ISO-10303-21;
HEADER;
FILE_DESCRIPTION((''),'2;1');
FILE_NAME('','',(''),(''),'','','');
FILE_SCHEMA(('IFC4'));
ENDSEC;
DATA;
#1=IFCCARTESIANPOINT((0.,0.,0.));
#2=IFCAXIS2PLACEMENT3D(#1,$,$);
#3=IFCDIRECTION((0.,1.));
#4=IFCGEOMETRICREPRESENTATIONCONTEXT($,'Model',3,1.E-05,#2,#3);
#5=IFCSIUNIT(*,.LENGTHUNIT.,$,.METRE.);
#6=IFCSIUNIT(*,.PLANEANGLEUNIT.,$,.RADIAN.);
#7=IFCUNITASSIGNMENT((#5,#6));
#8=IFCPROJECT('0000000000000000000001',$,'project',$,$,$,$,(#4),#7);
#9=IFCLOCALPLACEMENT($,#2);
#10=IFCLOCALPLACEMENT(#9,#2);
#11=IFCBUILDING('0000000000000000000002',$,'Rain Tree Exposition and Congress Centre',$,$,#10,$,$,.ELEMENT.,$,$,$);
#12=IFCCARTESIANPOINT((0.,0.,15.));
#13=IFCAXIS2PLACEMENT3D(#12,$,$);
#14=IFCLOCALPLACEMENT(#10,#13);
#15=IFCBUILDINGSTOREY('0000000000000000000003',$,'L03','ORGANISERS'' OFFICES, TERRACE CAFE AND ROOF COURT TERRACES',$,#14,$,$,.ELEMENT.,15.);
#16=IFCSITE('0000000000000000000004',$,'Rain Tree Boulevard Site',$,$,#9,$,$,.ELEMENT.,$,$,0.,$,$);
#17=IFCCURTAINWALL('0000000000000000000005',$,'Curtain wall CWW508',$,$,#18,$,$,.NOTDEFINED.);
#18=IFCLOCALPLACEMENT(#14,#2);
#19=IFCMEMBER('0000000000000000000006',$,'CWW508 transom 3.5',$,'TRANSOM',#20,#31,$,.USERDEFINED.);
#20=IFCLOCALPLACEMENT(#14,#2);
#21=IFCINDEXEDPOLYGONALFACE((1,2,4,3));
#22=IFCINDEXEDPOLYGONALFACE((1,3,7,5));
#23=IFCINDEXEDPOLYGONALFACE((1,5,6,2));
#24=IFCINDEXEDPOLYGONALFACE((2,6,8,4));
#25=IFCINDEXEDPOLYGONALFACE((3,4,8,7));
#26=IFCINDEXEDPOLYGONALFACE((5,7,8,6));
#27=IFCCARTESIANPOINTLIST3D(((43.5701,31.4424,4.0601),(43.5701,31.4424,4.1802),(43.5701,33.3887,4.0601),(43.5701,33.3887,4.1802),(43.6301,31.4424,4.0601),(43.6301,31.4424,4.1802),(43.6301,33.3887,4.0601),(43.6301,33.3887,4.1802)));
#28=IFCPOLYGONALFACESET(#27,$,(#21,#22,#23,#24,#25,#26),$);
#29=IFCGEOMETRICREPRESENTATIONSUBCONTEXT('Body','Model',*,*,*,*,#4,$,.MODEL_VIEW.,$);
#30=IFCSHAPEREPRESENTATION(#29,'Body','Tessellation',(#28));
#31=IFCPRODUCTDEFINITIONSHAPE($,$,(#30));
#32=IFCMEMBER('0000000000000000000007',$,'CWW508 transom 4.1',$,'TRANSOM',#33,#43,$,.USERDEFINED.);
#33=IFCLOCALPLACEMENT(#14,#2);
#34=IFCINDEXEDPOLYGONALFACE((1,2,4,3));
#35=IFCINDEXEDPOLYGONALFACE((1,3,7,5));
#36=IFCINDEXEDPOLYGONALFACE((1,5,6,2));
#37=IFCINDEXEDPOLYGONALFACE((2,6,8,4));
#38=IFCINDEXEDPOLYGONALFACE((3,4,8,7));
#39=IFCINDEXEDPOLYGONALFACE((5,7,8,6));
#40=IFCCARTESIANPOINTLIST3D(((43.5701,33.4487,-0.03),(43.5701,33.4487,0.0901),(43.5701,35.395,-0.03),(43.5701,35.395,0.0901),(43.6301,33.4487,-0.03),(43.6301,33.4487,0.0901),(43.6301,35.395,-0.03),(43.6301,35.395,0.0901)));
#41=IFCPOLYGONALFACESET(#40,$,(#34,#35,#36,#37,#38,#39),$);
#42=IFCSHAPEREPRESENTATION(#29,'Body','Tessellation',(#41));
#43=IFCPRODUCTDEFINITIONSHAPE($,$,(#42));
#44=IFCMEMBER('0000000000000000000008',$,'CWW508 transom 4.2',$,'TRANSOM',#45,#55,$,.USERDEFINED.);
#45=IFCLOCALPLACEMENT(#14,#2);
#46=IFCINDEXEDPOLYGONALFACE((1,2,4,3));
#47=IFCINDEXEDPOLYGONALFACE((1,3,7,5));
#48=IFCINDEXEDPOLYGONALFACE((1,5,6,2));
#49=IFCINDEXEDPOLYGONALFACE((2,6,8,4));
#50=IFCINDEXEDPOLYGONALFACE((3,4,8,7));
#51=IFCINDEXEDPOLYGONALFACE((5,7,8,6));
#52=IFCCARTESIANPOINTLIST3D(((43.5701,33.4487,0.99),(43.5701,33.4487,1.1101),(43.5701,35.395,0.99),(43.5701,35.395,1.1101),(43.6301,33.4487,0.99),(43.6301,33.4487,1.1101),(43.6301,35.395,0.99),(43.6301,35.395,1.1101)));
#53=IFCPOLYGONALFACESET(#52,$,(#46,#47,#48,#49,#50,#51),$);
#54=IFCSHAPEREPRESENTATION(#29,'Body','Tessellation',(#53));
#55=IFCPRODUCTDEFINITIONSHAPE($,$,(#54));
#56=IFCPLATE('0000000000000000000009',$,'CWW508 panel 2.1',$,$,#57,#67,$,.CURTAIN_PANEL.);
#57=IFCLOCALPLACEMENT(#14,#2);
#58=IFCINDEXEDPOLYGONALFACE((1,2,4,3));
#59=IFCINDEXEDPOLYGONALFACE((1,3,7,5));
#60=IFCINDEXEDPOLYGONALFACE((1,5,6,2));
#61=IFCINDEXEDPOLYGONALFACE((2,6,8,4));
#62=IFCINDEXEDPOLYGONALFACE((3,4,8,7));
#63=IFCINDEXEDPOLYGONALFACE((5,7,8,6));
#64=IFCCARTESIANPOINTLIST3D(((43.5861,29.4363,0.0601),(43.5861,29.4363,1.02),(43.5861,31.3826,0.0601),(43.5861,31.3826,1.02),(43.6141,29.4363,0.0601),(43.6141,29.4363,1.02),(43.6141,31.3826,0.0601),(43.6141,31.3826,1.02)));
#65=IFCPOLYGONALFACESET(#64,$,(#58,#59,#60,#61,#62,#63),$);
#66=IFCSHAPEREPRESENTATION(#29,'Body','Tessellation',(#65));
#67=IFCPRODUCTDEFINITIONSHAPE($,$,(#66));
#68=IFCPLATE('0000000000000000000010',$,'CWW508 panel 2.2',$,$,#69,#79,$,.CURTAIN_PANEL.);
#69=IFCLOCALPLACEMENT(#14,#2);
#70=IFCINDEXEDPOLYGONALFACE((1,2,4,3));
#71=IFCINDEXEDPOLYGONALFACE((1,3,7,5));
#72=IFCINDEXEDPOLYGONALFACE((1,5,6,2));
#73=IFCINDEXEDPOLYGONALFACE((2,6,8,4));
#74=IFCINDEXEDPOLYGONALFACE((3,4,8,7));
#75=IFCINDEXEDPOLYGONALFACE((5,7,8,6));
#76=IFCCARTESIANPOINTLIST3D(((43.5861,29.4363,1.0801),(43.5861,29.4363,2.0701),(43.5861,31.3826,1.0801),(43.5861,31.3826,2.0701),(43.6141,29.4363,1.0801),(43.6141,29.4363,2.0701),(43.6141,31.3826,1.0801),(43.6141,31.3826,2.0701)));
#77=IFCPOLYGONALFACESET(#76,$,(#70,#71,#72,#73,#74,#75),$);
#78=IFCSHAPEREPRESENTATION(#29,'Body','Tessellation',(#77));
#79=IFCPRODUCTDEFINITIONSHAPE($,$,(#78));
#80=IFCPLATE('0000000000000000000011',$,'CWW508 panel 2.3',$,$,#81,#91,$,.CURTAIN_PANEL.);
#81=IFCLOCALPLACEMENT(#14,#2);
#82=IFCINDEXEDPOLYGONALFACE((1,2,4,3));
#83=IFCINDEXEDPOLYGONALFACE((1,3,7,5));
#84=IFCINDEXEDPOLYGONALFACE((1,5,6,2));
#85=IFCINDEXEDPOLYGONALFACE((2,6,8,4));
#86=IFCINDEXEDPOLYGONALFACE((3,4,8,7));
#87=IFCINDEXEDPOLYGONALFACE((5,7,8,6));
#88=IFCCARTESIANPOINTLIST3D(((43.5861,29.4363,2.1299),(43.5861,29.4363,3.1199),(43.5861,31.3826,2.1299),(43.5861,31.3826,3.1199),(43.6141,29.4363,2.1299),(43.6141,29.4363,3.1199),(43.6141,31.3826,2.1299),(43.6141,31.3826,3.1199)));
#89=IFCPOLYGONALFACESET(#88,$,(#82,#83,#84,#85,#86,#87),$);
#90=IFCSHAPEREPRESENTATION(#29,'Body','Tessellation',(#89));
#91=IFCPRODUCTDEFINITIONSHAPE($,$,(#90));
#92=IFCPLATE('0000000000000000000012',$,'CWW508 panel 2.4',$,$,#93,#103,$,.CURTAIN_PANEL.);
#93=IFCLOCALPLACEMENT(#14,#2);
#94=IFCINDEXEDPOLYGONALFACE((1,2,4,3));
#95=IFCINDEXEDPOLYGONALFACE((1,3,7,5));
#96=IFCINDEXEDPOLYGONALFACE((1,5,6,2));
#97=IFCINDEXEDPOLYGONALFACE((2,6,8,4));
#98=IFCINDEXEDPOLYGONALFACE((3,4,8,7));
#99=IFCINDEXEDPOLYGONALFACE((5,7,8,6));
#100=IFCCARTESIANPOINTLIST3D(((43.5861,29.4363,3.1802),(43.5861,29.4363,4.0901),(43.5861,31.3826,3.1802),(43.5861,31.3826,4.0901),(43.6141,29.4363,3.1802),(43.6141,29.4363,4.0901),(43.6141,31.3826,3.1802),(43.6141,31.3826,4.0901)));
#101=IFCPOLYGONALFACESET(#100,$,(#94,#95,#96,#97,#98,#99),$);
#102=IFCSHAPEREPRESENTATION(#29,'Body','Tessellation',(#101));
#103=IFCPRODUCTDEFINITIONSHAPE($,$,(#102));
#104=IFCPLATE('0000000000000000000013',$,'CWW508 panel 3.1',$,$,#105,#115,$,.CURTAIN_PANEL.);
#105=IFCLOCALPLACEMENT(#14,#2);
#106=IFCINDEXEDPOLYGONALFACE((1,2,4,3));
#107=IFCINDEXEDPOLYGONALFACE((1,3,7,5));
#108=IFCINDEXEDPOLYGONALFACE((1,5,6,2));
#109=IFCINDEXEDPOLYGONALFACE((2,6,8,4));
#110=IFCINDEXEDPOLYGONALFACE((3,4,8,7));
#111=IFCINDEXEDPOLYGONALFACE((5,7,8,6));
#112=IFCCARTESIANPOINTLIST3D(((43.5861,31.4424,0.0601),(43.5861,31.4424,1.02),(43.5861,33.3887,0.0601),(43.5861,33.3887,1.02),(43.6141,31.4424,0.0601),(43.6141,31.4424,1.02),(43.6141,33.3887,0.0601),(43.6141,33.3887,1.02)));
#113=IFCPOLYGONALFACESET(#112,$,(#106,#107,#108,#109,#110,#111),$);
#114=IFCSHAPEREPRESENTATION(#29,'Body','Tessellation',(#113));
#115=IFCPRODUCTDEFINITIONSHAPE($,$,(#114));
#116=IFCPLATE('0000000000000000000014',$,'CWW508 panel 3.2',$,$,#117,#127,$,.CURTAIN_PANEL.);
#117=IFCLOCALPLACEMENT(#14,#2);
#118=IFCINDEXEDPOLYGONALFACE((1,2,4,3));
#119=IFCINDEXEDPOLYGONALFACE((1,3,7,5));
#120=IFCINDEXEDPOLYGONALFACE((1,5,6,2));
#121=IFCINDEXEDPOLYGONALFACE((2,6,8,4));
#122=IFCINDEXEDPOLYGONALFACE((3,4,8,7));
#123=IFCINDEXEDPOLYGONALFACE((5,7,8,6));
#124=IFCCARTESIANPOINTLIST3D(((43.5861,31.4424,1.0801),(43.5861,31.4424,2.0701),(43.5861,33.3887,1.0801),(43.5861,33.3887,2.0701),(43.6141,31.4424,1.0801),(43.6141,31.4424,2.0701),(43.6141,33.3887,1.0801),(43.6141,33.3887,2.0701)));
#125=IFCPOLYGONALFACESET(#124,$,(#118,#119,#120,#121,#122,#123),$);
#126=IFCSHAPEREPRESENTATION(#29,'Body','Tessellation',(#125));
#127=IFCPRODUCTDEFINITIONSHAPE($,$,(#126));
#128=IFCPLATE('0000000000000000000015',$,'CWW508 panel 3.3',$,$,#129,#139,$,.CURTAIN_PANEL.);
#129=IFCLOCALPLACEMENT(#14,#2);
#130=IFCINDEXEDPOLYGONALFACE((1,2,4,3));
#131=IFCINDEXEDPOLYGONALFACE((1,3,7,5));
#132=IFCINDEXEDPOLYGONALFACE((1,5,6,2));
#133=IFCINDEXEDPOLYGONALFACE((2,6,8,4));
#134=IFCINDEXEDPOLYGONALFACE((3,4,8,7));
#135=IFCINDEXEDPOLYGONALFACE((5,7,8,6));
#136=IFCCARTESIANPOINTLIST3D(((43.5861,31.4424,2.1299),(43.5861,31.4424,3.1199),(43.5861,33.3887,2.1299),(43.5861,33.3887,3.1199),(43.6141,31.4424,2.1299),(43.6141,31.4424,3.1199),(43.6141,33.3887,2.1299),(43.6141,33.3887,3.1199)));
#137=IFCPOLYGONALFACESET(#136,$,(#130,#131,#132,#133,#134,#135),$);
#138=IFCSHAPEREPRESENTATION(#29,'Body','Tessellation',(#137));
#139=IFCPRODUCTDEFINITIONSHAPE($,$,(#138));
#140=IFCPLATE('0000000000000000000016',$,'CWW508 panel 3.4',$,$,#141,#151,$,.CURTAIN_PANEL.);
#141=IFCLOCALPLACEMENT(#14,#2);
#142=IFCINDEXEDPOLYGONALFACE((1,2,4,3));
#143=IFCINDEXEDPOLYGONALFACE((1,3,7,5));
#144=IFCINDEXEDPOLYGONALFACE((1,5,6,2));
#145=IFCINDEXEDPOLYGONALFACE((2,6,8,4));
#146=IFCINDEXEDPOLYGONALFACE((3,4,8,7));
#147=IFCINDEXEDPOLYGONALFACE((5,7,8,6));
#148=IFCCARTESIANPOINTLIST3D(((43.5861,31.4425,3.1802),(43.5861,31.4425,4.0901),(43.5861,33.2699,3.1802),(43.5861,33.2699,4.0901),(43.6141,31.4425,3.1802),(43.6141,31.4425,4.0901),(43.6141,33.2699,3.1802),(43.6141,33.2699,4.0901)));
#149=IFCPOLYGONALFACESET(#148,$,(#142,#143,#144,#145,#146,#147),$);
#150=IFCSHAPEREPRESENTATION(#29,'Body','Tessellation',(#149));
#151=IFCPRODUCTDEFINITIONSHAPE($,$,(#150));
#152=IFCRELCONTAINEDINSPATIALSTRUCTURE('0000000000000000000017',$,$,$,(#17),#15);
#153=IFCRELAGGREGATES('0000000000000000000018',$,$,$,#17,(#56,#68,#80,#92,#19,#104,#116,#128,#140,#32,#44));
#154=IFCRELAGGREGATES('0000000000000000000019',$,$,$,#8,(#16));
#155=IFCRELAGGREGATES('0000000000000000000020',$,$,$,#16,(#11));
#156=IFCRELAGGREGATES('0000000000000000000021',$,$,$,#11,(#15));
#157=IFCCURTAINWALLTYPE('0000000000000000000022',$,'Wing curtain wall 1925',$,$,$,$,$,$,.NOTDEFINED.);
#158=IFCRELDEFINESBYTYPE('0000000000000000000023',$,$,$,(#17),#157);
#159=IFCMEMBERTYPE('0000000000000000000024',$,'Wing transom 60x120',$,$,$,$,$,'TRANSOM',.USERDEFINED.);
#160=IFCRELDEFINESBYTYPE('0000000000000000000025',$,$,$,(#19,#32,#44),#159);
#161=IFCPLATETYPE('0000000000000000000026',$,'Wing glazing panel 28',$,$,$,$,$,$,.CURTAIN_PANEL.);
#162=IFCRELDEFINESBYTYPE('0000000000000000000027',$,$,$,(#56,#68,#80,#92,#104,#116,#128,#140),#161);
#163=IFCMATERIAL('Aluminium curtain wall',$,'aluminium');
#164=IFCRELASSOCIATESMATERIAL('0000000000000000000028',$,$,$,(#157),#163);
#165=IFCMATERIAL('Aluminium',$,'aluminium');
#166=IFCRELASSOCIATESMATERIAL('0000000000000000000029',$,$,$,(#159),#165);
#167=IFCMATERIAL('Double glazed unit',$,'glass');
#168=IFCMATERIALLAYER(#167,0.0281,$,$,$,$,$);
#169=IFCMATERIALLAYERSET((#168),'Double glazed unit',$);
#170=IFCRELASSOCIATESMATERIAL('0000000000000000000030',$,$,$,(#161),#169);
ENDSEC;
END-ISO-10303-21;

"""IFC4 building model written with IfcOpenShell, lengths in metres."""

from ifc_helpers import new_model, si_unit, direction, frame, origin, origin_2d, place, context, subcontext, project, spatial, rectangle, extrude, material, layer, layer_set, material_profile, profile_set, type_object, element, aggregate, save


model = new_model("IFC4")

# Units and contexts
model_context = context("Model", 3, precision=1e-05, world=origin(), true_north=direction((0.0, 1.0)))
body_context = subcontext(model_context, "Body", "Model", "MODEL_VIEW")
ifc_project = project(units=[si_unit("LENGTHUNIT", "METRE"), si_unit("PLANEANGLEUNIT", "RADIAN")], contexts=[model_context])

# Site, building, storey
site_placement = place(None, origin())
site = spatial("IfcSite", under=ifc_project, at=site_placement, Name="Rain Tree Boulevard Site", CompositionType="ELEMENT", RefElevation=0.0)
building_placement = place(site_placement, origin())
building = spatial("IfcBuilding", under=site, at=building_placement, Name="Rain Tree Exposition and Congress Centre", CompositionType="ELEMENT")
storey_placement = place(building_placement, frame((0.0, 0.0, 15.0)))
storey = spatial("IfcBuildingStorey", under=building, at=storey_placement, Name="L03", Description="ORGANISERS' OFFICES, TERRACE CAFE AND ROOF COURT TERRACES", CompositionType="ELEMENT", Elevation=15.0)

# Curtain wall, members, plates
ifc_material_1 = material(Name="Aluminium curtain wall", Category="aluminium")
curtain_wall_type = type_object("IfcCurtainWallType", Name="Wing curtain wall 1925", PredefinedType="NOTDEFINED", material=ifc_material_1)
curtain_wall_placement = place(storey_placement, origin())
curtain_wall = element("IfcCurtainWall", 1, at=curtain_wall_placement, inside=storey, type_object=curtain_wall_type, Name="Curtain wall CWW508", PredefinedType="NOTDEFINED")
ifc_material_2 = material(Name="Aluminium", Category="aluminium")
ifc_material_profile_1 = material_profile(ifc_material_2, rectangle(XDim=0.0601, YDim=0.1201, at=origin_2d()), Name="Aluminium 60x120")
ifc_profile_set_1 = profile_set([ifc_material_profile_1], Name="Aluminium")
member_type_1 = type_object("IfcMemberType", Name="Wing transom 60x120", ElementType="TRANSOM", PredefinedType="USERDEFINED", material=ifc_profile_set_1)
member_1_placement = place(storey_placement, frame((43.6001, 31.4424, 4.1201), z_axis=(0.0, 1.0, 0.0), x_axis=(-1.0, 0.0, 0.0)))
member_1 = element("IfcMember", 2, at=member_1_placement, type_object=member_type_1, Name="CWW508 transom 3.5", ObjectType="TRANSOM", PredefinedType="USERDEFINED", context=body_context, shape_type="SweptSolid", body=[
    extrude(rectangle(XDim=0.0601, YDim=0.1201, at=origin_2d()), origin(), (0.0, 0.0, 1.0), 1.9463),
])
member_2_placement = place(storey_placement, frame((43.6001, 33.4487, 0.03), z_axis=(0.0, 1.0, 0.0), x_axis=(-1.0, 0.0, 0.0)))
member_2 = element("IfcMember", 3, at=member_2_placement, type_object=member_type_1, Name="CWW508 transom 4.1", ObjectType="TRANSOM", PredefinedType="USERDEFINED", context=body_context, shape_type="SweptSolid", body=[
    extrude(rectangle(XDim=0.0601, YDim=0.1201, at=origin_2d()), origin(), (0.0, 0.0, 1.0), 1.9463),
])
member_3_placement = place(storey_placement, frame((43.6001, 33.4487, 1.05), z_axis=(0.0, 1.0, 0.0), x_axis=(-1.0, 0.0, 0.0)))
member_3 = element("IfcMember", 4, at=member_3_placement, type_object=member_type_1, Name="CWW508 transom 4.2", ObjectType="TRANSOM", PredefinedType="USERDEFINED", context=body_context, shape_type="SweptSolid", body=[
    extrude(rectangle(XDim=0.0601, YDim=0.1201, at=origin_2d()), origin(), (0.0, 0.0, 1.0), 1.9463),
])
ifc_material_3 = material(Name="Double glazed unit", Category="glass")
ifc_layer = layer(ifc_material_3, 0.0281)
ifc_layer_set = layer_set([ifc_layer], Name="Double glazed unit")
plate_type = type_object("IfcPlateType", Name="Wing glazing panel 28", PredefinedType="CURTAIN_PANEL", material=ifc_layer_set)
plate_1_placement = place(storey_placement, frame((43.6001, 30.4094, 0.0601), z_axis=(0.0, 0.0, 1.0), x_axis=(0.0, 1.0, 0.0)))
plate_1 = element("IfcPlate", 5, at=plate_1_placement, type_object=plate_type, Name="CWW508 panel 2.1", PredefinedType="CURTAIN_PANEL", context=body_context, shape_type="SweptSolid", body=[
    extrude(rectangle(XDim=1.9463, YDim=0.0281, at=origin_2d()), origin(), (0.0, 0.0, 1.0), 0.96),
])
plate_2_placement = place(storey_placement, frame((43.6001, 30.4094, 1.0801), z_axis=(0.0, 0.0, 1.0), x_axis=(0.0, 1.0, 0.0)))
plate_2 = element("IfcPlate", 6, at=plate_2_placement, type_object=plate_type, Name="CWW508 panel 2.2", PredefinedType="CURTAIN_PANEL", context=body_context, shape_type="SweptSolid", body=[
    extrude(rectangle(XDim=1.9463, YDim=0.0281, at=origin_2d()), origin(), (0.0, 0.0, 1.0), 0.99),
])
plate_3_placement = place(storey_placement, frame((43.6001, 30.4094, 2.1299), z_axis=(0.0, 0.0, 1.0), x_axis=(0.0, 1.0, 0.0)))
plate_3 = element("IfcPlate", 7, at=plate_3_placement, type_object=plate_type, Name="CWW508 panel 2.3", PredefinedType="CURTAIN_PANEL", context=body_context, shape_type="SweptSolid", body=[
    extrude(rectangle(XDim=1.9463, YDim=0.0281, at=origin_2d()), origin(), (0.0, 0.0, 1.0), 0.99),
])
plate_4_placement = place(storey_placement, frame((43.6001, 30.4094, 3.1802), z_axis=(0.0, 0.0, 1.0), x_axis=(0.0, 1.0, 0.0)))
plate_4 = element("IfcPlate", 8, at=plate_4_placement, type_object=plate_type, Name="CWW508 panel 2.4", PredefinedType="CURTAIN_PANEL", context=body_context, shape_type="SweptSolid", body=[
    extrude(rectangle(XDim=1.9463, YDim=0.0281, at=origin_2d()), origin(), (0.0, 0.0, 1.0), 0.9099),
])
plate_5_placement = place(storey_placement, frame((43.6001, 32.4155, 0.0601), z_axis=(0.0, 0.0, 1.0), x_axis=(0.0, 1.0, 0.0)))
plate_5 = element("IfcPlate", 9, at=plate_5_placement, type_object=plate_type, Name="CWW508 panel 3.1", PredefinedType="CURTAIN_PANEL", context=body_context, shape_type="SweptSolid", body=[
    extrude(rectangle(XDim=1.9463, YDim=0.0281, at=origin_2d()), origin(), (0.0, 0.0, 1.0), 0.96),
])
plate_6_placement = place(storey_placement, frame((43.6001, 32.4155, 1.0801), z_axis=(0.0, 0.0, 1.0), x_axis=(0.0, 1.0, 0.0)))
plate_6 = element("IfcPlate", 10, at=plate_6_placement, type_object=plate_type, Name="CWW508 panel 3.2", PredefinedType="CURTAIN_PANEL", context=body_context, shape_type="SweptSolid", body=[
    extrude(rectangle(XDim=1.9463, YDim=0.0281, at=origin_2d()), origin(), (0.0, 0.0, 1.0), 0.99),
])
plate_7_placement = place(storey_placement, frame((43.6001, 32.4155, 2.1299), z_axis=(0.0, 0.0, 1.0), x_axis=(0.0, 1.0, 0.0)))
plate_7 = element("IfcPlate", 11, at=plate_7_placement, type_object=plate_type, Name="CWW508 panel 3.3", PredefinedType="CURTAIN_PANEL", context=body_context, shape_type="SweptSolid", body=[
    extrude(rectangle(XDim=1.9463, YDim=0.0281, at=origin_2d()), origin(), (0.0, 0.0, 1.0), 0.99),
])
plate_8_placement = place(storey_placement, frame((43.6001, 32.3562, 3.1802), z_axis=(0.0, 0.0, 1.0), x_axis=(0.0, 1.0, 0.0)))
plate_8 = element("IfcPlate", 12, at=plate_8_placement, type_object=plate_type, Name="CWW508 panel 3.4", PredefinedType="CURTAIN_PANEL", context=body_context, shape_type="SweptSolid", body=[
    extrude(rectangle(XDim=1.8274, YDim=0.0281, at=origin_2d()), origin(), (0.0, 0.0, 1.0), 0.9099),
])
aggregate(curtain_wall, [plate_1, plate_2, plate_3, plate_4, member_1, plate_5, plate_6, plate_7, plate_8, member_2, member_3])

save(model, "model.ifc")
